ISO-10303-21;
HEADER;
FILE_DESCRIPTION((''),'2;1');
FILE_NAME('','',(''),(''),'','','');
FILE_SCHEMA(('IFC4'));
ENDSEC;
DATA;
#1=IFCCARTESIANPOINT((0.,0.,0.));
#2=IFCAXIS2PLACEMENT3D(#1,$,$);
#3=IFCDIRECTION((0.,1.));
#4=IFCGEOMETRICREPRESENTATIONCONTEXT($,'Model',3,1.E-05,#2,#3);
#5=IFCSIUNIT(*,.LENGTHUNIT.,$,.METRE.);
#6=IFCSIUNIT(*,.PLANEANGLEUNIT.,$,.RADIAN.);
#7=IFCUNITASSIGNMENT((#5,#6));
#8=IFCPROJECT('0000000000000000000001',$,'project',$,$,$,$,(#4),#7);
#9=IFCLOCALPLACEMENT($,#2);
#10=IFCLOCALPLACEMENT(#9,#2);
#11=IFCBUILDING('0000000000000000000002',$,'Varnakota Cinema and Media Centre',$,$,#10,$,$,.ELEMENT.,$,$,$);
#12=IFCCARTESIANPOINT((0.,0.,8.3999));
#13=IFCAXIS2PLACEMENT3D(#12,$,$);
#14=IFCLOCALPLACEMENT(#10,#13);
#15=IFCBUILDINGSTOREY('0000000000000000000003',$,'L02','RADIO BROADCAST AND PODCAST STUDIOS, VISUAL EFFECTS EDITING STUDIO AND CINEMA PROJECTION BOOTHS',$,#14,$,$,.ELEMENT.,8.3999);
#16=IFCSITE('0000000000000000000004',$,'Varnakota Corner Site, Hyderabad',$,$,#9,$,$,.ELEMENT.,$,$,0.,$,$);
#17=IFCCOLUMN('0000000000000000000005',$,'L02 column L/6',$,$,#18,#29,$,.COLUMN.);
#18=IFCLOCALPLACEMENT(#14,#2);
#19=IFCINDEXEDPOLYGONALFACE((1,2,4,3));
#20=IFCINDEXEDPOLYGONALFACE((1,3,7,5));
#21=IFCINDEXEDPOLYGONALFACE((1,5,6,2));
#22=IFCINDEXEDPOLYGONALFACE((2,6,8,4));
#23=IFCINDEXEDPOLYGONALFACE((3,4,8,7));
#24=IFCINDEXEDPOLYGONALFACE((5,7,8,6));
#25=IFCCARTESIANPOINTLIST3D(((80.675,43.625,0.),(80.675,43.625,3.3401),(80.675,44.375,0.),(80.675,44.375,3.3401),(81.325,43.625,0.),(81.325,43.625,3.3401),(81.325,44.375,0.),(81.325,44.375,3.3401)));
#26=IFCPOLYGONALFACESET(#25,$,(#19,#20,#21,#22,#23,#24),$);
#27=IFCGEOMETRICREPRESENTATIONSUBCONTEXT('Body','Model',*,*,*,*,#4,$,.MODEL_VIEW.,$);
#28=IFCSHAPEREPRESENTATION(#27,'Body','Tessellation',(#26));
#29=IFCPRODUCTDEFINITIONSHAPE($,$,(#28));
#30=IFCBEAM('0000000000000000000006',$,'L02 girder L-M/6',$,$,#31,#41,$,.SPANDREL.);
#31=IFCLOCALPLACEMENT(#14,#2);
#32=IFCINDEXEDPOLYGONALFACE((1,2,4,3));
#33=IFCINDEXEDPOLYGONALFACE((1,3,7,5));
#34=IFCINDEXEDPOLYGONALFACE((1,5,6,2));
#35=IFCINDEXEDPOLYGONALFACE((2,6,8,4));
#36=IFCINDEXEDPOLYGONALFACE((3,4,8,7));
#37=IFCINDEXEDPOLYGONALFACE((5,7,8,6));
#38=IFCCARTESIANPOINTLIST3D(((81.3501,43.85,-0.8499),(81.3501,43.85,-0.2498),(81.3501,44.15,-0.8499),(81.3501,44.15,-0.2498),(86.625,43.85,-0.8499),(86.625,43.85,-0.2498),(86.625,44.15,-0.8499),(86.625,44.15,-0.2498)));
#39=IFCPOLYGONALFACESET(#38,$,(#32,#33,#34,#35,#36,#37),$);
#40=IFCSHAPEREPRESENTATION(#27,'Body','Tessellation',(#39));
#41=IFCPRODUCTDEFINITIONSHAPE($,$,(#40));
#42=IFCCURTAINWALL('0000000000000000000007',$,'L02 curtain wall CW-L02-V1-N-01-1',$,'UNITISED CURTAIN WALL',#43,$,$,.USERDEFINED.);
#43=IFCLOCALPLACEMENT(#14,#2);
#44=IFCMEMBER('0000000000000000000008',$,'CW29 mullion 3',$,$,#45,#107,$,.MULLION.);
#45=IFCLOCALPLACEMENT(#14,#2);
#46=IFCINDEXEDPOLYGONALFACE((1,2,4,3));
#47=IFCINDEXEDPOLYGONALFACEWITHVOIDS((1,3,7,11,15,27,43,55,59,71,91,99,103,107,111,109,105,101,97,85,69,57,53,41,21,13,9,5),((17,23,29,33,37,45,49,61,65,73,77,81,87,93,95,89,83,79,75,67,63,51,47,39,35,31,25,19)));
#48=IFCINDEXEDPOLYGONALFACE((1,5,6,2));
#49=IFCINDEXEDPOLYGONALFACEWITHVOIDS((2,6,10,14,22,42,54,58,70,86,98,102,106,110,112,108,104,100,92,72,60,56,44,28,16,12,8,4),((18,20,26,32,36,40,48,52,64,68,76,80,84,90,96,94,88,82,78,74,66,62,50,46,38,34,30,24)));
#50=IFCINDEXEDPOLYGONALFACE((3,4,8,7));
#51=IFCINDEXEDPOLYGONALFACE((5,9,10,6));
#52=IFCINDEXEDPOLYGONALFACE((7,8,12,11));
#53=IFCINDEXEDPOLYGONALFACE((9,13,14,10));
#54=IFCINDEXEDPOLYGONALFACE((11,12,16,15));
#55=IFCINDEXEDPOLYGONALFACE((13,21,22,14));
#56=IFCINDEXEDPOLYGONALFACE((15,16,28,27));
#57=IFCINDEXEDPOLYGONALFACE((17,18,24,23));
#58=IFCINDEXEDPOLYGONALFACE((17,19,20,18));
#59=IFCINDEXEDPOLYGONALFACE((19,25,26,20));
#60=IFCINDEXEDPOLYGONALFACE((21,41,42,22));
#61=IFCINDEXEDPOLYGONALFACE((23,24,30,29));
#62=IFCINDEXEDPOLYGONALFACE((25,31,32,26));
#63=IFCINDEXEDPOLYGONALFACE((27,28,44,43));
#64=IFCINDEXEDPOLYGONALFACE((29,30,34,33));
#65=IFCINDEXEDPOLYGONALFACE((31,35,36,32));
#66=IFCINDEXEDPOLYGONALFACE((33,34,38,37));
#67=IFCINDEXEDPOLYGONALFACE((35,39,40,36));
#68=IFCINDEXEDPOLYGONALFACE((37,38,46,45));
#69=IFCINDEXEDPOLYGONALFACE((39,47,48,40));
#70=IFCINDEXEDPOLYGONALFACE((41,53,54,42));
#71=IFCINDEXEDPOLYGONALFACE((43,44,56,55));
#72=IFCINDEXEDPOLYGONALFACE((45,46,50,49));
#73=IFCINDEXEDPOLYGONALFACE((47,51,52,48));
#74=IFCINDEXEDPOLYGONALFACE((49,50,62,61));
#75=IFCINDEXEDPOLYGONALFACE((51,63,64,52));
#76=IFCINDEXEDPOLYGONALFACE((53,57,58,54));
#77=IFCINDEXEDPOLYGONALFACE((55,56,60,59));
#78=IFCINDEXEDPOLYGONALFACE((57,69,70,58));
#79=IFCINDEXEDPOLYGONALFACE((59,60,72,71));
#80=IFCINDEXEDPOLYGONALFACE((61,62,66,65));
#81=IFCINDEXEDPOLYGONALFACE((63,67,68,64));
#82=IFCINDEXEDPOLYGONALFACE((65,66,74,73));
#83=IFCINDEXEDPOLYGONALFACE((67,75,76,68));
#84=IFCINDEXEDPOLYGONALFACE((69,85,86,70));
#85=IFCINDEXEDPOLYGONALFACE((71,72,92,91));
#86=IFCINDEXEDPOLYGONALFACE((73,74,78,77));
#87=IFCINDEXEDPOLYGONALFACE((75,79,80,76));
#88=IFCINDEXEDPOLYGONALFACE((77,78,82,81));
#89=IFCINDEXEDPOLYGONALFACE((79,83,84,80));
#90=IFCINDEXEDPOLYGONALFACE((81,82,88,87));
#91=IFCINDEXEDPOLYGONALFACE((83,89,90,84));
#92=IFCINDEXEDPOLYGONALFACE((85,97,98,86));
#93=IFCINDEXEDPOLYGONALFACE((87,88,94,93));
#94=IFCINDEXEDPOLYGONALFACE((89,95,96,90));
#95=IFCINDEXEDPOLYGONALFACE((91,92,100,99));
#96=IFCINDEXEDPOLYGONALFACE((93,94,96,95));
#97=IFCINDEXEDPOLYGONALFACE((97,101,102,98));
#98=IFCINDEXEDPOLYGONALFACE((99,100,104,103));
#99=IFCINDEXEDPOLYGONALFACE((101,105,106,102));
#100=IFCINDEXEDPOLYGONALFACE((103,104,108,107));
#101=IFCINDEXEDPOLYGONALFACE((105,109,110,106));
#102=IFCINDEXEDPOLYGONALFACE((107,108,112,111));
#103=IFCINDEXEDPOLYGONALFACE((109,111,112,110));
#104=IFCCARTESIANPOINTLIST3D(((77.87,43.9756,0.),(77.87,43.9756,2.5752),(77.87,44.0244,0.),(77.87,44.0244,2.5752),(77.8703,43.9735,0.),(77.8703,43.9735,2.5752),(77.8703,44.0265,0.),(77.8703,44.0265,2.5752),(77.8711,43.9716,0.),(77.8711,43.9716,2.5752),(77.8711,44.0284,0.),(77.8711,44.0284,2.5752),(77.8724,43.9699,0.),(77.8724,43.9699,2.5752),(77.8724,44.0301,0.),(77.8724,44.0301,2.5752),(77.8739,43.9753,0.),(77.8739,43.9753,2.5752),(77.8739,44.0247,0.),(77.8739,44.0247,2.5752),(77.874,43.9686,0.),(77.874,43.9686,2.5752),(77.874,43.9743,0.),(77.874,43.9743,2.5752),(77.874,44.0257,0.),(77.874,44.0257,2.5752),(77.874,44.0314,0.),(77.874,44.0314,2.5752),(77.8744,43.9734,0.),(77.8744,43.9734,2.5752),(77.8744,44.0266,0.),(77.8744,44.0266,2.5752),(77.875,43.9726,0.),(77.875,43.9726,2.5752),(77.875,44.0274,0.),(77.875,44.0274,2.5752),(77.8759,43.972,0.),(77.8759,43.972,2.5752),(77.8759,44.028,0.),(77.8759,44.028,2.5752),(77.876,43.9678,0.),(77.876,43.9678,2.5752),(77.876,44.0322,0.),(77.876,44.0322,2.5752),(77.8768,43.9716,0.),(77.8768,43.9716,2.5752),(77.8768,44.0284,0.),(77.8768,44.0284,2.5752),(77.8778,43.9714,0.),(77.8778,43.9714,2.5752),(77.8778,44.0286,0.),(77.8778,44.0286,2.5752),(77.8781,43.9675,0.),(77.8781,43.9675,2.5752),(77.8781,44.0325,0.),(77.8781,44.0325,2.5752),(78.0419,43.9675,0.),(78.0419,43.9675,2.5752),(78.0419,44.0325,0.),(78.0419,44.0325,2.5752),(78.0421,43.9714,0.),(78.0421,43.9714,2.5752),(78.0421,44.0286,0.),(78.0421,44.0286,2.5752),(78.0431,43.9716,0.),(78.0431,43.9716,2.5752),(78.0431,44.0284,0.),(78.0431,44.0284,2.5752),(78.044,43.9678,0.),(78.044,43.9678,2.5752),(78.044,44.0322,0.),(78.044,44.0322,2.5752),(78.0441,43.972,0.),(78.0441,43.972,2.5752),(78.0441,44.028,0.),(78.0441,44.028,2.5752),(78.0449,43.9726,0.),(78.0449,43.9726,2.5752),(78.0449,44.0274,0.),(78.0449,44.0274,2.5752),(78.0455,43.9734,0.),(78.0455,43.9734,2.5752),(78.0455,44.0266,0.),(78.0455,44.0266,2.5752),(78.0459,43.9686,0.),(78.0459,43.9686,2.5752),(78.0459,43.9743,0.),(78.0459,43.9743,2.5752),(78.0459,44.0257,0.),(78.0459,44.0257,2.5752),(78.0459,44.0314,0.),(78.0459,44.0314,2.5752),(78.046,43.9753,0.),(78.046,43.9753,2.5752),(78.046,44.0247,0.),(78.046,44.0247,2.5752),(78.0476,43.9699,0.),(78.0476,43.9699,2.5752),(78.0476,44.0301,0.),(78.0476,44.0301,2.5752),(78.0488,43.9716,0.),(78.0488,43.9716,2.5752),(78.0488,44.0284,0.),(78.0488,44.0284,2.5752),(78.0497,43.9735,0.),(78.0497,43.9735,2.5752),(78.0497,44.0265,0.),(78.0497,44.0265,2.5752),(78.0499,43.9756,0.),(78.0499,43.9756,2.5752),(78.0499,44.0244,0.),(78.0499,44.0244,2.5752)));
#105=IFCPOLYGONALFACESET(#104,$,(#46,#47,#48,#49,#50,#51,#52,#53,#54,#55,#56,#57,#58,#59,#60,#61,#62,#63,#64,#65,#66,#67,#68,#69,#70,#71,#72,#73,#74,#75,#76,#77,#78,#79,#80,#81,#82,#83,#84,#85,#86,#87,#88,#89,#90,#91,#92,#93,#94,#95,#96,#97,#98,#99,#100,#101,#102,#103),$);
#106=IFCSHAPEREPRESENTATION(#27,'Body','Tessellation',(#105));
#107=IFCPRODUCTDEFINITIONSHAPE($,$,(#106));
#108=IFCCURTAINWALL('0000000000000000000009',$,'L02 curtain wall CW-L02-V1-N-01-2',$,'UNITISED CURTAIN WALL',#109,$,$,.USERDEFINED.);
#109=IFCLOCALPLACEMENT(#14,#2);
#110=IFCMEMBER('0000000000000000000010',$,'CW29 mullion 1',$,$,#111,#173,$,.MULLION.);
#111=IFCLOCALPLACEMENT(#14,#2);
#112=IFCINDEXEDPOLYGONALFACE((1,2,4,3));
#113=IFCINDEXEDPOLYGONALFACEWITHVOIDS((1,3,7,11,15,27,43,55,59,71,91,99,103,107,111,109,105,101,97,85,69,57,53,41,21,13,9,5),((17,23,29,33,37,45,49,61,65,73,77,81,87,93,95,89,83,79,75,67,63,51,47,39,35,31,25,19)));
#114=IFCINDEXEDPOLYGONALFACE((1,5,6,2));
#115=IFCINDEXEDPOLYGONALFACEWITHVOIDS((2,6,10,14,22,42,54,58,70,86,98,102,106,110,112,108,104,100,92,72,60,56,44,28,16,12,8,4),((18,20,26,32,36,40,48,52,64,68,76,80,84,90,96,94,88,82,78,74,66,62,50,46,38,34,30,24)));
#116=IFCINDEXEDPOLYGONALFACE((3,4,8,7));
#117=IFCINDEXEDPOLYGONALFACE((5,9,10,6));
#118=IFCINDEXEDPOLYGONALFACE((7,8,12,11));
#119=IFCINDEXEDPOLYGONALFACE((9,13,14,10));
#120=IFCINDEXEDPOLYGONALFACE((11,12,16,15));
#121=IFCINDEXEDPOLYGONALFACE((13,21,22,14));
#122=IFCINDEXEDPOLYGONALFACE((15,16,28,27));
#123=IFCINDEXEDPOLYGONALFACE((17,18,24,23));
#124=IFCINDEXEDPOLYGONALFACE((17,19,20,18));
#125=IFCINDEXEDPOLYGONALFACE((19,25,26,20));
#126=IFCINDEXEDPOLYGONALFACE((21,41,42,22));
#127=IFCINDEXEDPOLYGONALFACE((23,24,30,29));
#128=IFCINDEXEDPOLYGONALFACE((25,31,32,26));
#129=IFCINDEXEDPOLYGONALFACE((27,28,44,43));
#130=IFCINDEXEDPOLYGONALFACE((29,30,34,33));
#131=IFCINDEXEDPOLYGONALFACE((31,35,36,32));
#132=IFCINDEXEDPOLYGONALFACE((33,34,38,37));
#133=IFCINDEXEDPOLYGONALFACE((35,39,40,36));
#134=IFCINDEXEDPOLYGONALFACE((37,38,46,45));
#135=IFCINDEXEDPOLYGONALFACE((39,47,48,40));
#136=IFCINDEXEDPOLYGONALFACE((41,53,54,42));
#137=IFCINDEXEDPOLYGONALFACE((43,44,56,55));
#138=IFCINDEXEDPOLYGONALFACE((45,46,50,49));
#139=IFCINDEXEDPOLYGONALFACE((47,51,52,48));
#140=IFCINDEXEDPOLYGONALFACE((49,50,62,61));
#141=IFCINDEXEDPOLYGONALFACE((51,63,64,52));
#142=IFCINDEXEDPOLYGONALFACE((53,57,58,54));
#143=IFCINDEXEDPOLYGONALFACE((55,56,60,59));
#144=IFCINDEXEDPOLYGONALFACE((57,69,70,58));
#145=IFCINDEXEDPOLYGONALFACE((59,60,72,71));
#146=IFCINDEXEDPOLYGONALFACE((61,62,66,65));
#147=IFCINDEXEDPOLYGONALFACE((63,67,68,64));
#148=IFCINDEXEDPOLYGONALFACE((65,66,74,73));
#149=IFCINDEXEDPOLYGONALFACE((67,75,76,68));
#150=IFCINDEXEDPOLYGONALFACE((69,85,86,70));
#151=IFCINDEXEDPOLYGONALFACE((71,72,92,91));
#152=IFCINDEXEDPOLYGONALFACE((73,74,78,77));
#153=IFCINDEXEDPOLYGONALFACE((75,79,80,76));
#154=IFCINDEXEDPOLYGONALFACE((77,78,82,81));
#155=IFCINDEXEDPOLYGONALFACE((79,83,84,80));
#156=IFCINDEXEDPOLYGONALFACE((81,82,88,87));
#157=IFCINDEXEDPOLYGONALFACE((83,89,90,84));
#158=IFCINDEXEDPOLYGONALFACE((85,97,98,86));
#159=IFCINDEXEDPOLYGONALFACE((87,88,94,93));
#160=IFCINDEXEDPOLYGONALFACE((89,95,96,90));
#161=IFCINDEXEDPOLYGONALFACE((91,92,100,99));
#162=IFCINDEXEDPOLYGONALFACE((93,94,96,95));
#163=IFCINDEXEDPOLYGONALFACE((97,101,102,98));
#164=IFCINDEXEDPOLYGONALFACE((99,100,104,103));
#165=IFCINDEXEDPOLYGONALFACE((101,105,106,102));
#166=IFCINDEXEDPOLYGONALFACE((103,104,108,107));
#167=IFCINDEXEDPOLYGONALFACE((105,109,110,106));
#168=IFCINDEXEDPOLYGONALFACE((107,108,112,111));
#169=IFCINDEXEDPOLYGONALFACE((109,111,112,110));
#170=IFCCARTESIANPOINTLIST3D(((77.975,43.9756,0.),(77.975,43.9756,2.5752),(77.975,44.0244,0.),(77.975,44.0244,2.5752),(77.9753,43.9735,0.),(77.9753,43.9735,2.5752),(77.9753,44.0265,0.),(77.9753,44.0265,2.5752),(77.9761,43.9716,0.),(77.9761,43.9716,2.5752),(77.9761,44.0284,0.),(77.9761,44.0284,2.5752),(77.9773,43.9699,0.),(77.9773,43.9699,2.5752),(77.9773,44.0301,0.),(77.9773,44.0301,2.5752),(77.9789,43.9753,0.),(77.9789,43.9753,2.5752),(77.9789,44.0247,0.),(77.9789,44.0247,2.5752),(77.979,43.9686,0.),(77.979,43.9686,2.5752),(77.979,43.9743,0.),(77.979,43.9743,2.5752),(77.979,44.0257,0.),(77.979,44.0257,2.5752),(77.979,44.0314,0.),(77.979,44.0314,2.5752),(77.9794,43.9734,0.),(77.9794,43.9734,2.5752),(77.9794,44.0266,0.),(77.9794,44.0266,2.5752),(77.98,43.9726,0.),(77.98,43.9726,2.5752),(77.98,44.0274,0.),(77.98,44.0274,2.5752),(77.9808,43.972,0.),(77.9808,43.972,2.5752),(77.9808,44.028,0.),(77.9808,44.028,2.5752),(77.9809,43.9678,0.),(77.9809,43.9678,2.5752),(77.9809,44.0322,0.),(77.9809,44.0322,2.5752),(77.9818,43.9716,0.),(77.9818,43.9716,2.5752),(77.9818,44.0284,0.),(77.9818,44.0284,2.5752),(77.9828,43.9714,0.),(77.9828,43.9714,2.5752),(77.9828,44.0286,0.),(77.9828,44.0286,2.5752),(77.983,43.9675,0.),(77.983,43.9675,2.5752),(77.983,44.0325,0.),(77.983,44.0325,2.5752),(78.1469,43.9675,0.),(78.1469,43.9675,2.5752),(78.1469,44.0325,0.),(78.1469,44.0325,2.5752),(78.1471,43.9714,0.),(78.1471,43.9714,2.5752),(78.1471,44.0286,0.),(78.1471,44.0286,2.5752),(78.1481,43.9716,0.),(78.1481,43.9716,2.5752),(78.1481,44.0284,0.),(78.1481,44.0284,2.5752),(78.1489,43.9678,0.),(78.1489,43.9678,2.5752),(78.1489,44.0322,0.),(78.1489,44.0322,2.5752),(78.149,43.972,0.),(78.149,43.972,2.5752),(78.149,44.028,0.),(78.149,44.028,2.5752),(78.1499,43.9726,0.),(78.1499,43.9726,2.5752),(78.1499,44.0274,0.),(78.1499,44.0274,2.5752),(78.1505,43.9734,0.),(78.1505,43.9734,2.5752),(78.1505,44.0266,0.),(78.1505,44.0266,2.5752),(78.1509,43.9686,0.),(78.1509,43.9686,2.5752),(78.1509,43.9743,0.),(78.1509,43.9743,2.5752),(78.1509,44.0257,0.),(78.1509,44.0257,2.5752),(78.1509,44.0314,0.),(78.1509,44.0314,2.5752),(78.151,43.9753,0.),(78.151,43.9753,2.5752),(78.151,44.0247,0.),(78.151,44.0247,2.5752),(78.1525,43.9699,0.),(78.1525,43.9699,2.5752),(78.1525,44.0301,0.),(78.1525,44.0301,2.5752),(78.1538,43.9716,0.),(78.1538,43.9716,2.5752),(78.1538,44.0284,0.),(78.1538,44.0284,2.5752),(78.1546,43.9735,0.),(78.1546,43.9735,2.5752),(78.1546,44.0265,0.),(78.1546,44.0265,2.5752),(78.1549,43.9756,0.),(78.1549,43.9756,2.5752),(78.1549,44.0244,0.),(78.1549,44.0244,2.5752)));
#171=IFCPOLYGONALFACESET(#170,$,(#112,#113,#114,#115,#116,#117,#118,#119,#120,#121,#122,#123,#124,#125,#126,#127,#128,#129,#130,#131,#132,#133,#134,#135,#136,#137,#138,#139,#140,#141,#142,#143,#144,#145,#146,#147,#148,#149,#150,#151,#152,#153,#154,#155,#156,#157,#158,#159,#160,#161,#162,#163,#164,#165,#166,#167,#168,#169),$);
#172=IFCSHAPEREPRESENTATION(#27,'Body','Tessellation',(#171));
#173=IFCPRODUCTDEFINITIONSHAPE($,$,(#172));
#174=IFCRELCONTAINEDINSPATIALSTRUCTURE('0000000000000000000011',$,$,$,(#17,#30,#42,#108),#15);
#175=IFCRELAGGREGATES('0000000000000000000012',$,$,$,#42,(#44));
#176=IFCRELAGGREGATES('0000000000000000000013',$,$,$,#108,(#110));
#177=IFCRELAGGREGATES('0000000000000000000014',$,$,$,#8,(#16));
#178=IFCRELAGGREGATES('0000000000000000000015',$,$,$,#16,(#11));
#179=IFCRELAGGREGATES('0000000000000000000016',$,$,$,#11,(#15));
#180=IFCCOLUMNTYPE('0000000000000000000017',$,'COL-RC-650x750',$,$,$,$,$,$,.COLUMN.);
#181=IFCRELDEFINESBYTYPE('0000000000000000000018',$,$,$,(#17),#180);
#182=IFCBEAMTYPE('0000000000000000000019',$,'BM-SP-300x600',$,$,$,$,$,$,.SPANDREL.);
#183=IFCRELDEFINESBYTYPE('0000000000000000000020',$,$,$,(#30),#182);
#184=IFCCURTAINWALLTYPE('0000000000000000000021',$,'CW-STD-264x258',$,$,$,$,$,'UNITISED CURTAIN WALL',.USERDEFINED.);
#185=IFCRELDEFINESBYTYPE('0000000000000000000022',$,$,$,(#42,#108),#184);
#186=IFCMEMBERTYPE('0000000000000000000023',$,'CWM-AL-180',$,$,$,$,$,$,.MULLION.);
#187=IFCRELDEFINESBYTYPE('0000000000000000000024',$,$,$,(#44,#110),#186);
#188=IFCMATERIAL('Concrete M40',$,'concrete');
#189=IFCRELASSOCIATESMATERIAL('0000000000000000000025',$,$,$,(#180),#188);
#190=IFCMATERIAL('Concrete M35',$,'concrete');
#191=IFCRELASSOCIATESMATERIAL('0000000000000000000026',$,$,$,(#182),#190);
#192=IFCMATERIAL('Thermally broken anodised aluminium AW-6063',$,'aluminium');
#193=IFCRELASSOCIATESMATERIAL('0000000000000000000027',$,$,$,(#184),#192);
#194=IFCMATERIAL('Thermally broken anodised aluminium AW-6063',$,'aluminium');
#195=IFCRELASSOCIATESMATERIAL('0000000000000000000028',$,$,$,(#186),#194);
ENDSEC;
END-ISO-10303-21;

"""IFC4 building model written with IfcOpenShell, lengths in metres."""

from ifc_helpers import new_model, si_unit, direction, frame, origin, origin_2d, place, context, subcontext, project, spatial, rectangle, hollow_rectangle, extrude, material, material_profile, profile_set, type_object, element, aggregate, save


model = new_model("IFC4")

# Units and contexts
model_context = context("Model", 3, precision=1e-05, world=origin(), true_north=direction((0.0, 1.0)))
body_context = subcontext(model_context, "Body", "Model", "MODEL_VIEW")
ifc_project = project(units=[si_unit("LENGTHUNIT", "METRE"), si_unit("PLANEANGLEUNIT", "RADIAN")], contexts=[model_context])

# Site, building, storey
site_placement = place(None, origin())
site = spatial("IfcSite", under=ifc_project, at=site_placement, Name="Varnakota Corner Site, Hyderabad", CompositionType="ELEMENT", RefElevation=0.0)
building_placement = place(site_placement, origin())
building = spatial("IfcBuilding", under=site, at=building_placement, Name="Varnakota Cinema and Media Centre", CompositionType="ELEMENT")
storey_placement = place(building_placement, frame((0.0, 0.0, 8.3999)))
storey = spatial("IfcBuildingStorey", under=building, at=storey_placement, Name="L02", Description="RADIO BROADCAST AND PODCAST STUDIOS, VISUAL EFFECTS EDITING STUDIO AND CINEMA PROJECTION BOOTHS", CompositionType="ELEMENT", Elevation=8.3999)

# Column
ifc_material_1 = material(Name="Concrete M40", Category="concrete")
ifc_material_profile_1 = material_profile(ifc_material_1, rectangle(XDim=0.6499, YDim=0.75, at=origin_2d()), Name="RC 650x750")
ifc_profile_set_1 = profile_set([ifc_material_profile_1], Name="Concrete M40")
column_type = type_object("IfcColumnType", Name="COL-RC-650x750", PredefinedType="COLUMN", material=ifc_profile_set_1)
column_placement = place(storey_placement, frame((81.0, 44.0, 0.0), z_axis=(0.0, 0.0, 1.0), x_axis=(1.0, 0.0, 0.0)))
element("IfcColumn", 1, at=column_placement, inside=storey, type_object=column_type, Name="L02 column L/6", PredefinedType="COLUMN", context=body_context, shape_type="SweptSolid", body=[
    extrude(rectangle(XDim=0.6499, YDim=0.75, at=origin_2d()), origin(), (0.0, 0.0, 1.0), 3.3401),
])

# Beam
ifc_material_2 = material(Name="Concrete M35", Category="concrete")
ifc_material_profile_2 = material_profile(ifc_material_2, rectangle(XDim=0.3, YDim=0.6001, at=origin_2d()), Name="RCB 300x600")
ifc_profile_set_2 = profile_set([ifc_material_profile_2], Name="Concrete M35")
beam_type = type_object("IfcBeamType", Name="BM-SP-300x600", PredefinedType="SPANDREL", material=ifc_profile_set_2)
beam_placement = place(storey_placement, frame((81.3501, 44.0, -0.5498), z_axis=(1.0, 0.0, 0.0), x_axis=(0.0, 1.0, 0.0)))
element("IfcBeam", 2, at=beam_placement, inside=storey, type_object=beam_type, Name="L02 girder L-M/6", PredefinedType="SPANDREL", context=body_context, shape_type="SweptSolid", body=[
    extrude(rectangle(XDim=0.3, YDim=0.6001, at=origin_2d()), origin(), (0.0, 0.0, 1.0), 5.2749),
])

# Curtain wall, member
ifc_material_3 = material(Name="Thermally broken anodised aluminium AW-6063", Category="aluminium")
curtain_wall_type = type_object("IfcCurtainWallType", Name="CW-STD-264x258", ElementType="UNITISED CURTAIN WALL", PredefinedType="USERDEFINED", material=ifc_material_3)
curtain_wall_1_placement = place(storey_placement, origin())
curtain_wall_1 = element("IfcCurtainWall", 3, at=curtain_wall_1_placement, inside=storey, type_object=curtain_wall_type, Name="L02 curtain wall CW-L02-V1-N-01-1", ObjectType="UNITISED CURTAIN WALL", PredefinedType="USERDEFINED")
ifc_material_4 = material(Name="Thermally broken anodised aluminium AW-6063", Category="aluminium")
ifc_material_profile_3 = material_profile(ifc_material_4, hollow_rectangle(XDim=0.0649, YDim=0.1799, WallThickness=0.0039, InnerFilletRadius=0.0039, OuterFilletRadius=0.0081, at=origin_2d()), Name="AL-MULLION 180x65x4")
ifc_profile_set_3 = profile_set([ifc_material_profile_3], Name="Thermally broken anodised aluminium AW-6063")
member_type_1 = type_object("IfcMemberType", Name="CWM-AL-180", PredefinedType="MULLION", material=ifc_profile_set_3)
member_1_placement = place(storey_placement, frame((77.96, 44.0, 0.0), z_axis=(0.0, 0.0, 1.0), x_axis=(0.0, 1.0, 0.0)))
member_1 = element("IfcMember", 4, at=member_1_placement, type_object=member_type_1, Name="CW29 mullion 3", PredefinedType="MULLION", context=body_context, shape_type="SweptSolid", body=[
    extrude(hollow_rectangle(XDim=0.0649, YDim=0.1799, WallThickness=0.0039, InnerFilletRadius=0.0039, OuterFilletRadius=0.0081, at=origin_2d()), origin(), (0.0, 0.0, 1.0), 2.5752),
])
aggregate(curtain_wall_1, [member_1])

# Curtain wall, member
curtain_wall_2_placement = place(storey_placement, origin())
curtain_wall_2 = element("IfcCurtainWall", 5, at=curtain_wall_2_placement, inside=storey, type_object=curtain_wall_type, Name="L02 curtain wall CW-L02-V1-N-01-2", ObjectType="UNITISED CURTAIN WALL", PredefinedType="USERDEFINED")
member_2_placement = place(storey_placement, frame((78.0649, 44.0, 0.0), z_axis=(0.0, 0.0, 1.0), x_axis=(0.0, 1.0, 0.0)))
member_2 = element("IfcMember", 6, at=member_2_placement, type_object=member_type_1, Name="CW29 mullion 1", PredefinedType="MULLION", context=body_context, shape_type="SweptSolid", body=[
    extrude(hollow_rectangle(XDim=0.0649, YDim=0.1799, WallThickness=0.0039, InnerFilletRadius=0.0039, OuterFilletRadius=0.0081, at=origin_2d()), origin(), (0.0, 0.0, 1.0), 2.5752),
])

aggregate(curtain_wall_2, [member_2])

save(model, "model.ifc")
